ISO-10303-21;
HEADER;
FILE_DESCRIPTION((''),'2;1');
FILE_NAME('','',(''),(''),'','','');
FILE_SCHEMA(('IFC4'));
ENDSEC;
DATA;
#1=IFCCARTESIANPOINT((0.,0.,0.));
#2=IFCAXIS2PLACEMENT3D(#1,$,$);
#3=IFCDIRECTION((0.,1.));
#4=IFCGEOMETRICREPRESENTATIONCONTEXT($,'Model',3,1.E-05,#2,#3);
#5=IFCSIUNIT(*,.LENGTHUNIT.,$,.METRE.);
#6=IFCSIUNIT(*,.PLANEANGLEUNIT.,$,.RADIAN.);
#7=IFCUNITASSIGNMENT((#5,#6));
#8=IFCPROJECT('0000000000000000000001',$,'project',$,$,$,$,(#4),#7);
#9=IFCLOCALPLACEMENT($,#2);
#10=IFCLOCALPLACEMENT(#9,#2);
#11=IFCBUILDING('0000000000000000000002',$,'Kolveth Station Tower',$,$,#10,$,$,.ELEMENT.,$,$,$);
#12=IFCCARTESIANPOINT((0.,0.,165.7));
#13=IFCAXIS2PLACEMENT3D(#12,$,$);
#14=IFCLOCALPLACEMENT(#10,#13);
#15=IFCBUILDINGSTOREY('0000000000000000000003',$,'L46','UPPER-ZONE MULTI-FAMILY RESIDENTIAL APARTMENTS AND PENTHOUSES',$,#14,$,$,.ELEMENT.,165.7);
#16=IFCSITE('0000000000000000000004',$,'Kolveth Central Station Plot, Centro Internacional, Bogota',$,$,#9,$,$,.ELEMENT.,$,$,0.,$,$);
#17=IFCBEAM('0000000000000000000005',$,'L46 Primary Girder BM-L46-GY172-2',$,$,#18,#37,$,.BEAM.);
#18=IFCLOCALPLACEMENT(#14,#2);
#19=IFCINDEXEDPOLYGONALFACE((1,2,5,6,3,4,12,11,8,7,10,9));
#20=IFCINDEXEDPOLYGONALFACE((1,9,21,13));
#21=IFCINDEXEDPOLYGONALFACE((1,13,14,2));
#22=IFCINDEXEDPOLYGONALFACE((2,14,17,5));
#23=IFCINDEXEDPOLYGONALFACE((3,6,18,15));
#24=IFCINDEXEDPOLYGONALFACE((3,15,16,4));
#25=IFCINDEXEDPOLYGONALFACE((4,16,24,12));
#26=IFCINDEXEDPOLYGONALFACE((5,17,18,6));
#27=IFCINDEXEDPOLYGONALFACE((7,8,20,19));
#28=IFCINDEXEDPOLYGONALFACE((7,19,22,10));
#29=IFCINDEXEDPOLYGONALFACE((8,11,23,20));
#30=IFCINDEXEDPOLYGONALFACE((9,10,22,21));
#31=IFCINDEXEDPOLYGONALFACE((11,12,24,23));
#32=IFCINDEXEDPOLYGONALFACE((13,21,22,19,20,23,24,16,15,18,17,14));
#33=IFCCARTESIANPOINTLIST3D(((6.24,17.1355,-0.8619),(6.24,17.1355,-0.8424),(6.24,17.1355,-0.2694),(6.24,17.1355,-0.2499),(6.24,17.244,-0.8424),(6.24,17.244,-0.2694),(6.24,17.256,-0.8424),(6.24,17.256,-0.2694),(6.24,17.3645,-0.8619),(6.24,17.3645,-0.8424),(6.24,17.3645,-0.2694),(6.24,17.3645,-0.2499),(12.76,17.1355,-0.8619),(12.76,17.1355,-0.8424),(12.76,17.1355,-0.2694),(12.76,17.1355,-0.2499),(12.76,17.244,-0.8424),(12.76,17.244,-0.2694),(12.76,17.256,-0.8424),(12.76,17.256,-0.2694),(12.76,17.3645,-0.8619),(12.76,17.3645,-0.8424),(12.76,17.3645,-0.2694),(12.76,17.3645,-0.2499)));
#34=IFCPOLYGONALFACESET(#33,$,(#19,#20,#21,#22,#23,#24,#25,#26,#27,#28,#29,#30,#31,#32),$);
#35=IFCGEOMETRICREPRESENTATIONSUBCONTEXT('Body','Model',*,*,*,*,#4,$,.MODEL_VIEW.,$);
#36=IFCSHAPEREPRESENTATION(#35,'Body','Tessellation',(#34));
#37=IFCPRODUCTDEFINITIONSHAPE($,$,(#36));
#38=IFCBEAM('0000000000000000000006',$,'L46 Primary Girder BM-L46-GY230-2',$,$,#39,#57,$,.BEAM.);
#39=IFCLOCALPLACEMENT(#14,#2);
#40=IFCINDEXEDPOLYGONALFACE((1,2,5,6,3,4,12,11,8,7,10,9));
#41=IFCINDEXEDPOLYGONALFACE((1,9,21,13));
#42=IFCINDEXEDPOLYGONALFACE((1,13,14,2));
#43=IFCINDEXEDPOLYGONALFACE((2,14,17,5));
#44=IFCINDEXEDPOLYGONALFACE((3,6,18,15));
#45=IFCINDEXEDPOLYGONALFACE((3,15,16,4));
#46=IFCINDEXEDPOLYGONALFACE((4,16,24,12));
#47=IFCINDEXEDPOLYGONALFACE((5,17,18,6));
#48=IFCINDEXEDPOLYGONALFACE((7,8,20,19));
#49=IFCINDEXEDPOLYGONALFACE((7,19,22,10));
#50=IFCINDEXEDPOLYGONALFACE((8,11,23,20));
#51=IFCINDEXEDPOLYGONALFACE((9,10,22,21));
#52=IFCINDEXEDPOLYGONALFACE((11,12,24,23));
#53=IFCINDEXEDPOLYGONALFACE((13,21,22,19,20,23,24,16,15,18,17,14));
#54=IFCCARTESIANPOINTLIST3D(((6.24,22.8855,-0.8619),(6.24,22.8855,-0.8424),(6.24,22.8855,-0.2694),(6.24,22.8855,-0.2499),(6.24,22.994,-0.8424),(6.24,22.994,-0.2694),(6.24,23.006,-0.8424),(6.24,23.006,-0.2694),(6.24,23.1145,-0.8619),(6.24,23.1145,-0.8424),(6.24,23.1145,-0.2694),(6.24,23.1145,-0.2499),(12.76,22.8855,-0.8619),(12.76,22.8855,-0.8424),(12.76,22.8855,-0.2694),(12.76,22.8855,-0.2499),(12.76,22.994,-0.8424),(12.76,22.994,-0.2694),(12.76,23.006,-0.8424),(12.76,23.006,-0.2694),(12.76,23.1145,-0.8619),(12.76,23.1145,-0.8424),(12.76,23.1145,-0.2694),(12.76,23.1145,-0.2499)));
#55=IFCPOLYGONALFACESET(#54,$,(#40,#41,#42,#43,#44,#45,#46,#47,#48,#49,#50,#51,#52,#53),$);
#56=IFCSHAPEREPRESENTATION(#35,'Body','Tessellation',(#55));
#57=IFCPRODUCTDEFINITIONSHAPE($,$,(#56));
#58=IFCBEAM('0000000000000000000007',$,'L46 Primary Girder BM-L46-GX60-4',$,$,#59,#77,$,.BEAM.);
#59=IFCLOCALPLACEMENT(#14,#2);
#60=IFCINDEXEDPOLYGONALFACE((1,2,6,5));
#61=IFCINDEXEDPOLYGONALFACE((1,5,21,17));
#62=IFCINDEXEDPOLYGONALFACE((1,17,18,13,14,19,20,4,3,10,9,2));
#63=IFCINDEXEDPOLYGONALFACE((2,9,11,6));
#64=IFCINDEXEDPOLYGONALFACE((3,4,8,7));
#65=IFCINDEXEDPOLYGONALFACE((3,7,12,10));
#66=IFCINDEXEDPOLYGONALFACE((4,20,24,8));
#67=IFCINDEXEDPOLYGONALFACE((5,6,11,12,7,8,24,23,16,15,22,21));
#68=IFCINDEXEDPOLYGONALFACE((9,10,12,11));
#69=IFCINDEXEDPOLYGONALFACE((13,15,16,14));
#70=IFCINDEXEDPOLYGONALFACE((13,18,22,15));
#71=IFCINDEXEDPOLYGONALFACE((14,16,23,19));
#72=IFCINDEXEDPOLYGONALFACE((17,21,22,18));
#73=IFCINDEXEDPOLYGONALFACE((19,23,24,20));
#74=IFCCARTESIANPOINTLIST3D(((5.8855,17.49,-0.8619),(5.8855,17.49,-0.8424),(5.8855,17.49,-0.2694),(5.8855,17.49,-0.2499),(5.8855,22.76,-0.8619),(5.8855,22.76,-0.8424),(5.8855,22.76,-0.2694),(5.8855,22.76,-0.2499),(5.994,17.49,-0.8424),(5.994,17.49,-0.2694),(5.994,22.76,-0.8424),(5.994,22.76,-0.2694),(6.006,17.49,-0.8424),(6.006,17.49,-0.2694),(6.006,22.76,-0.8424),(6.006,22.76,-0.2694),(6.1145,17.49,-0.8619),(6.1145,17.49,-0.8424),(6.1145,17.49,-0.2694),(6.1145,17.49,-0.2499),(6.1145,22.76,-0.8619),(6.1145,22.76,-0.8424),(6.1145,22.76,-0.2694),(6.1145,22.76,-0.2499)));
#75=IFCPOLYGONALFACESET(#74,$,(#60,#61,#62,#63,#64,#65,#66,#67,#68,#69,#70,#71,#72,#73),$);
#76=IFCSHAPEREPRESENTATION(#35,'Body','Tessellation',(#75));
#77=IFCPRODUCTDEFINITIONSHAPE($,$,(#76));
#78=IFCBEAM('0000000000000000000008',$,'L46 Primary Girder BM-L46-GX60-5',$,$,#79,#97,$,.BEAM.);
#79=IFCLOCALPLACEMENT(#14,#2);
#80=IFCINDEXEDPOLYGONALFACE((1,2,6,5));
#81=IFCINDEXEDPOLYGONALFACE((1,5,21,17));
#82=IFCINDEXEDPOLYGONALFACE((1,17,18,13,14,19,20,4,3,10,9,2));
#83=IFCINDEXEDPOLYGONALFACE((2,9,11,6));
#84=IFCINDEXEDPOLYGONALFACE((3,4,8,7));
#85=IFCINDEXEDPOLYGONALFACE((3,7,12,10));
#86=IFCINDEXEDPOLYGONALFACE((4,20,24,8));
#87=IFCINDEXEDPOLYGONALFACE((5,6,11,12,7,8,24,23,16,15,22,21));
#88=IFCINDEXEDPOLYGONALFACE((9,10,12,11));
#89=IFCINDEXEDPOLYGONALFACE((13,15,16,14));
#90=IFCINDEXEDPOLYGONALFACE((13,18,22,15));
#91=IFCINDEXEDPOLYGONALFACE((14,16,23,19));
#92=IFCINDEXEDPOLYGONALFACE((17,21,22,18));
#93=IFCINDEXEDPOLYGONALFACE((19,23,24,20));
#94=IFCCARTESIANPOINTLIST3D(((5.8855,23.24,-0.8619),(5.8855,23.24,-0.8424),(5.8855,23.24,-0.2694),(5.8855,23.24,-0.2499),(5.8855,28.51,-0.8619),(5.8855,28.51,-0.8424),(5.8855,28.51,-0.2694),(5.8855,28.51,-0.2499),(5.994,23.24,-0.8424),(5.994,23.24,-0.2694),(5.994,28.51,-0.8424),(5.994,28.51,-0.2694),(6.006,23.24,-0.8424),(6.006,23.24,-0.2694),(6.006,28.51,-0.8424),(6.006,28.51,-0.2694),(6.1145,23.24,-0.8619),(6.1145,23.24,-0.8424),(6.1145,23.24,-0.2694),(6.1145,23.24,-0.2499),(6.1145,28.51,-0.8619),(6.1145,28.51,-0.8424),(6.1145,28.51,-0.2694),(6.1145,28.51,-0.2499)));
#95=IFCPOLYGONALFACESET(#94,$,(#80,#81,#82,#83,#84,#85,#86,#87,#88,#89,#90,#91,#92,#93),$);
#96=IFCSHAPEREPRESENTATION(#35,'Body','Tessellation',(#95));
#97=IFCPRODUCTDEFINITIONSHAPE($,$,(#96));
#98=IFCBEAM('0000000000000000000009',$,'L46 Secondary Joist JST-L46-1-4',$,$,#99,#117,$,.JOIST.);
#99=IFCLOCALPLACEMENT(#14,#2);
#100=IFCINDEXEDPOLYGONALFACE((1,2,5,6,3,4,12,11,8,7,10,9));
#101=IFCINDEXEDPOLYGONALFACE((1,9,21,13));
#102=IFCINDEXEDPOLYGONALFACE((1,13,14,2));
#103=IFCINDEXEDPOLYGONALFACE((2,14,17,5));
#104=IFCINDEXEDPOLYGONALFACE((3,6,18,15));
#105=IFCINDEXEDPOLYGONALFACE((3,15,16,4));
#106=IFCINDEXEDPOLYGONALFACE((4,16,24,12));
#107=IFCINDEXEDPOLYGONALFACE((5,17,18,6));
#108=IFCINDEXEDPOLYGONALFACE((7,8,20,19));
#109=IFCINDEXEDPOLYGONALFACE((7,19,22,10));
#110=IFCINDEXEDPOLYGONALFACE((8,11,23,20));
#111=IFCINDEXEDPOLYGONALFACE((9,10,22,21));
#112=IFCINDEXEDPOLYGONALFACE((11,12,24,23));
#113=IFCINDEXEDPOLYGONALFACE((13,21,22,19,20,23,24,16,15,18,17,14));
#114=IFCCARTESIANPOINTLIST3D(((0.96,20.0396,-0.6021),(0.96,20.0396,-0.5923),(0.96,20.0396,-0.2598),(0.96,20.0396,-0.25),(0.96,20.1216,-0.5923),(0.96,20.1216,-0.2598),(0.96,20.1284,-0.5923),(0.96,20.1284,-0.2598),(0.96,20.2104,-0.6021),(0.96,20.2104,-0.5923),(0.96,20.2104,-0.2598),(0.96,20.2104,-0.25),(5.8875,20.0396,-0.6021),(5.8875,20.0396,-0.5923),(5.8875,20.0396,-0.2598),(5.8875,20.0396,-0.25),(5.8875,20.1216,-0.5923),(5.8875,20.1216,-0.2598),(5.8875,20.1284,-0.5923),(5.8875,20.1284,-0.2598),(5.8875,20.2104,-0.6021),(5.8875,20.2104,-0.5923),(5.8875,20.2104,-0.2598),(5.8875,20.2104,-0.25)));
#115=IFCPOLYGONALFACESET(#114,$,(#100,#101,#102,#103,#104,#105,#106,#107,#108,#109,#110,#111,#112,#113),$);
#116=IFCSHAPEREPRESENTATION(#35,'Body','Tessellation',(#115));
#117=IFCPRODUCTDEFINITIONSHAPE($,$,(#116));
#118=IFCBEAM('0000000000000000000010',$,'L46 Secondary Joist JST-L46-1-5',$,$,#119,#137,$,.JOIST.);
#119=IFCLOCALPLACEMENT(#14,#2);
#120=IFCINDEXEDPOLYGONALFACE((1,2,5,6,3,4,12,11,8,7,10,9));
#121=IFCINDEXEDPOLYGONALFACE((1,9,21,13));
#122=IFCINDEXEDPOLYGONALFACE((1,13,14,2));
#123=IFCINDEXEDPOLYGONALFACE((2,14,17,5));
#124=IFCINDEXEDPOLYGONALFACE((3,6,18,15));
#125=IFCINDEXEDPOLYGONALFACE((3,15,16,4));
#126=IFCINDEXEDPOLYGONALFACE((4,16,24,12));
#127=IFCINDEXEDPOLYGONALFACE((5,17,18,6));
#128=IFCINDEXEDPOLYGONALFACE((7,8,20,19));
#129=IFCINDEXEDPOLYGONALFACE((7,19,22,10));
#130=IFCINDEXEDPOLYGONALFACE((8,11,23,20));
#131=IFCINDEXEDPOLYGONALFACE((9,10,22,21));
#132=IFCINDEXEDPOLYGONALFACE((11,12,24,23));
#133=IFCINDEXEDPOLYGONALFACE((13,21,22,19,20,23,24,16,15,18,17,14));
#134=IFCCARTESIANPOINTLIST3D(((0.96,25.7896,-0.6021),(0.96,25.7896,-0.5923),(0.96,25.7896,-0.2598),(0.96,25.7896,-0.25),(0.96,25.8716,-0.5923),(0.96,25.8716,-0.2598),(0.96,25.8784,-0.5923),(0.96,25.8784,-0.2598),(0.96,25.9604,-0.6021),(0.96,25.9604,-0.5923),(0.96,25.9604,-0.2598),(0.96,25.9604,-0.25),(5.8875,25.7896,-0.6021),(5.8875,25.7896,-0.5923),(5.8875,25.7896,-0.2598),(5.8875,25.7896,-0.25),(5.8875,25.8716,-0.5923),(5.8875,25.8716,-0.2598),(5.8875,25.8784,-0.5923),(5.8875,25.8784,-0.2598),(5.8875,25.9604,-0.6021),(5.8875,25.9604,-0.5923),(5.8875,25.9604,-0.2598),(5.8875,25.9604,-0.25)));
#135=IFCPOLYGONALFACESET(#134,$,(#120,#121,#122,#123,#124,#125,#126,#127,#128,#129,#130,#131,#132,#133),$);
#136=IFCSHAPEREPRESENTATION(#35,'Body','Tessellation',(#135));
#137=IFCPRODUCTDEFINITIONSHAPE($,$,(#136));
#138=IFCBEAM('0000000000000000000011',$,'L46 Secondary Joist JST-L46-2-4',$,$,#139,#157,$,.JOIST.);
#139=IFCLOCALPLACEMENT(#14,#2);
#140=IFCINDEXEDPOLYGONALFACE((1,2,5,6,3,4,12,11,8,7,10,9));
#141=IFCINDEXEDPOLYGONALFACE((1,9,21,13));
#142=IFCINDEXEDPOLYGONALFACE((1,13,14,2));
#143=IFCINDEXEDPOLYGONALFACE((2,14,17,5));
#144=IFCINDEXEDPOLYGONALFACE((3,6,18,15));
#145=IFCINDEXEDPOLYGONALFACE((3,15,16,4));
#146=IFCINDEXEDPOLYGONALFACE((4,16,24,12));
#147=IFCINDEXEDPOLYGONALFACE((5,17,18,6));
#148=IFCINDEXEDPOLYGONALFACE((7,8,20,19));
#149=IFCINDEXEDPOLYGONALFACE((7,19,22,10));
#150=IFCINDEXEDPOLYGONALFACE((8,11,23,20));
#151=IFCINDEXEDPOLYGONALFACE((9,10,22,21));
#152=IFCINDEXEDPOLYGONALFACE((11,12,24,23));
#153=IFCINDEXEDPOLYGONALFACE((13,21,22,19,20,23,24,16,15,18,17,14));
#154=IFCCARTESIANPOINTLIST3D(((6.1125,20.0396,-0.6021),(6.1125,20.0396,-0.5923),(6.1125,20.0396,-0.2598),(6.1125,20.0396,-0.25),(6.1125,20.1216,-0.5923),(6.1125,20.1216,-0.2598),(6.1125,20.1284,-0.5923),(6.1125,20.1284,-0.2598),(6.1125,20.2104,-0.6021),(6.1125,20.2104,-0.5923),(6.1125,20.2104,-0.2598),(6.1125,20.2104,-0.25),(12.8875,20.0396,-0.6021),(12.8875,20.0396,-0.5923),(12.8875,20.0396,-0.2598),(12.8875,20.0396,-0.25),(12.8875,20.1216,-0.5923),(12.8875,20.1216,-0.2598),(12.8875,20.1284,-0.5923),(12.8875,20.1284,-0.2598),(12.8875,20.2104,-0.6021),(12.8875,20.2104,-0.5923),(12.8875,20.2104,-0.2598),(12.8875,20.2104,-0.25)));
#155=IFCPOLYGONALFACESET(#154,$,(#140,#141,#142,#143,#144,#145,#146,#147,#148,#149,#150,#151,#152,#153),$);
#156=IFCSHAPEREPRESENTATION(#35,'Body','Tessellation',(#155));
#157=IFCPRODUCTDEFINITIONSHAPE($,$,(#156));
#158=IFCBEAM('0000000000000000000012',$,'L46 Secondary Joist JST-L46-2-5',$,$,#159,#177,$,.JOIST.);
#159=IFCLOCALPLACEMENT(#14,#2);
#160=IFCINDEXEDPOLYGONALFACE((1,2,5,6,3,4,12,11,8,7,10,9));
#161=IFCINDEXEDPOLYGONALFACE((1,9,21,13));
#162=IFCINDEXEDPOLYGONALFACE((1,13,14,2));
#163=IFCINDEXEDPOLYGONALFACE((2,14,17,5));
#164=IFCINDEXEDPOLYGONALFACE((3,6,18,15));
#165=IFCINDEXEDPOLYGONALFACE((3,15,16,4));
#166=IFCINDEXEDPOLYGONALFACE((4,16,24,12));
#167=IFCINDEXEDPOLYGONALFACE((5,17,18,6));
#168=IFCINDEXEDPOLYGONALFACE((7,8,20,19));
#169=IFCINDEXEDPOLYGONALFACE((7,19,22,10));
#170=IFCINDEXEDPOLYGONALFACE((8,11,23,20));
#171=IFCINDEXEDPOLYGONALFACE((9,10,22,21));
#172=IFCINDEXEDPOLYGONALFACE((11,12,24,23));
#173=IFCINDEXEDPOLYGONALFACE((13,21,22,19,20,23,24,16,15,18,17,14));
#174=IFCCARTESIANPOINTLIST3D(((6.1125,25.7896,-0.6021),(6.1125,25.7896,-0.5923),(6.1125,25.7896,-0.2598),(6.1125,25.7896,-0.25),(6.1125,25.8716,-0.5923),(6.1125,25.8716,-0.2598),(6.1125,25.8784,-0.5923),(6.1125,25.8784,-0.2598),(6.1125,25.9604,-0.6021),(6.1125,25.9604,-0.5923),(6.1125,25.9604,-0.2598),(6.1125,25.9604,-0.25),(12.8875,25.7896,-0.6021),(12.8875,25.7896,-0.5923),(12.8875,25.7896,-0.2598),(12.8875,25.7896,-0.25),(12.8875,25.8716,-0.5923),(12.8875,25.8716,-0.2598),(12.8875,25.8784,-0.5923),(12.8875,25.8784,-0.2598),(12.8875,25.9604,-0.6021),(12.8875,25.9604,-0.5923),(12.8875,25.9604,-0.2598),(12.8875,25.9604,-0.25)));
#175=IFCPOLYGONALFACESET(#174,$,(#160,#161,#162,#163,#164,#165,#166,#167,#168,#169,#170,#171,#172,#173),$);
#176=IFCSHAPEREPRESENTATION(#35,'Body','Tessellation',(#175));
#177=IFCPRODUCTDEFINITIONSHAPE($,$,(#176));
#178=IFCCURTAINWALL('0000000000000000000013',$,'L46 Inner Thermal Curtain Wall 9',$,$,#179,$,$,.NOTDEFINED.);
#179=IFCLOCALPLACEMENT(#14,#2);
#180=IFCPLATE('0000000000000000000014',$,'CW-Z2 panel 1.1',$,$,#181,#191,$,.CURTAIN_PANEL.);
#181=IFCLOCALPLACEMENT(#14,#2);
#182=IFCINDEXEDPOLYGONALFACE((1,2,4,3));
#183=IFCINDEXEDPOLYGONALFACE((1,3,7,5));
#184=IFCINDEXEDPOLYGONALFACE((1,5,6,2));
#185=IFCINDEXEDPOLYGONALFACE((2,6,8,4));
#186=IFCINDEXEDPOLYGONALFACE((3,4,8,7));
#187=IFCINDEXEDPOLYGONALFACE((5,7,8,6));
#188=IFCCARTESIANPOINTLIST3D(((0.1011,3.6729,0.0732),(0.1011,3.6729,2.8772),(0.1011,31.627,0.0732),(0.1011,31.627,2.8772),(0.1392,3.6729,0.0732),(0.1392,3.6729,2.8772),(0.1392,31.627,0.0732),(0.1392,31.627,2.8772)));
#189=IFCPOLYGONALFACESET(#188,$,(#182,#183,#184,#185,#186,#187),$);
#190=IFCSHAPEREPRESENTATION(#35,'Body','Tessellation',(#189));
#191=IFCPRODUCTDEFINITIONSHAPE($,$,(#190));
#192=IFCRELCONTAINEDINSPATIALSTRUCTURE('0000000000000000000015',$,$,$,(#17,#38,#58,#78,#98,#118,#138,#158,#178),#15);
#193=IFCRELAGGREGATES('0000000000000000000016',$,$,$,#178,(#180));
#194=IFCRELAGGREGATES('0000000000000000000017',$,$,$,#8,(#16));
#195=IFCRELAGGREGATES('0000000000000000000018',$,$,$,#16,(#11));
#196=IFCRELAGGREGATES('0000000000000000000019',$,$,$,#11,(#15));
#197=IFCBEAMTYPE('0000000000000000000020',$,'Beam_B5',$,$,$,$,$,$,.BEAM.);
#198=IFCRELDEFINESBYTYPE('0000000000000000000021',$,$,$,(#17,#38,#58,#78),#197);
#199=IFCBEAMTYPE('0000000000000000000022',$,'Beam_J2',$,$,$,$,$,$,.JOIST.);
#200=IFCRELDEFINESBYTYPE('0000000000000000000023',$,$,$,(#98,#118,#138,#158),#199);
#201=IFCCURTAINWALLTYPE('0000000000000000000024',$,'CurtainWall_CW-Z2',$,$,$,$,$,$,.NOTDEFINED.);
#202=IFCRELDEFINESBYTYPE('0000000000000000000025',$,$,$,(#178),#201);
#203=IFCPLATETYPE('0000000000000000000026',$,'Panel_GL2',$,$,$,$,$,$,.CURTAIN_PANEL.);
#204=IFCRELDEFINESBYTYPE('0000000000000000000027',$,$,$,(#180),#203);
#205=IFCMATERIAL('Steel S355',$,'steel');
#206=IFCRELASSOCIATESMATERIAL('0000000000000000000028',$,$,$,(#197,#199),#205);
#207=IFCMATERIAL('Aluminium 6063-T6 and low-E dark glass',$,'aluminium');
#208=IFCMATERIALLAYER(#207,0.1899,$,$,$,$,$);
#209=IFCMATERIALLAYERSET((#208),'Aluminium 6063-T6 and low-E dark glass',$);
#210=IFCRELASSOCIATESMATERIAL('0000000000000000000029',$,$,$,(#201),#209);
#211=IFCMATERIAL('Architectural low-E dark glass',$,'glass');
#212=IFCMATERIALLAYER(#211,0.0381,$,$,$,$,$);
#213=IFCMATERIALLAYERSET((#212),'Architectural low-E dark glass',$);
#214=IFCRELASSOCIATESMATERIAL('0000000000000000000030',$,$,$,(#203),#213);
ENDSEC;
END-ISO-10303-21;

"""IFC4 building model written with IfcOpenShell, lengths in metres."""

from ifc_helpers import new_model, si_unit, direction, frame, origin, origin_2d, place, context, subcontext, project, spatial, rectangle, i_section, extrude, source, transform, mapped, material, layer, layer_set, material_profile, profile_set, type_object, element, aggregate, save


model = new_model("IFC4")

# Units and contexts
model_context = context("Model", 3, precision=1e-05, world=origin(), true_north=direction((0.0, 1.0)))
body_context = subcontext(model_context, "Body", "Model", "MODEL_VIEW")
ifc_project = project(units=[si_unit("LENGTHUNIT", "METRE"), si_unit("PLANEANGLEUNIT", "RADIAN")], contexts=[model_context])

# Site, building, storey
site_placement = place(None, origin())
site = spatial("IfcSite", under=ifc_project, at=site_placement, Name="Kolveth Central Station Plot, Centro Internacional, Bogota", CompositionType="ELEMENT", RefElevation=0.0)
building_placement = place(site_placement, origin())
building = spatial("IfcBuilding", under=site, at=building_placement, Name="Kolveth Station Tower", CompositionType="ELEMENT")
storey_placement = place(building_placement, frame((0.0, 0.0, 165.7)))
storey = spatial("IfcBuildingStorey", under=building, at=storey_placement, Name="L46", Description="UPPER-ZONE MULTI-FAMILY RESIDENTIAL APARTMENTS AND PENTHOUSES", CompositionType="ELEMENT", Elevation=165.7)

# Shared definitions
ifc_material_1 = material(Name="Steel S355", Category="steel")

# Beams
ifc_material_profile_1 = material_profile(ifc_material_1, i_section(OverallWidth=0.229, OverallDepth=0.6121, WebThickness=0.012, FlangeThickness=0.0195, at=origin_2d()), Name="W610x125")
ifc_profile_set_1 = profile_set([ifc_material_profile_1], Name="Steel S355")
beam_type_1 = type_object("IfcBeamType", Name="Beam_B5", PredefinedType="BEAM", material=ifc_profile_set_1)
shared_shape_1 = source(origin(), body_context, "Body", "SweptSolid", [
    extrude(i_section(OverallWidth=0.229, OverallDepth=0.6121, WebThickness=0.012, FlangeThickness=0.0195, at=origin_2d()), origin(), (0.0, 0.0, 1.0), 6.52),
])
for number, where, z_axis, x_axis, name in (
    (1, (6.24, 17.25, -0.5559), (1.0, 0.0, 0.0), (0.0, 1.0, 0.0), "L46 Primary Girder BM-L46-GY172-2"),
    (2, (6.24, 23.0, -0.5559), (1.0, 0.0, 0.0), (0.0, 1.0, 0.0), "L46 Primary Girder BM-L46-GY230-2"),
):
    element("IfcBeam", number, at=place(storey_placement, frame(where, z_axis=z_axis, x_axis=x_axis)), inside=storey, type_object=beam_type_1, Name=name, PredefinedType="BEAM", context=body_context, shape_type="MappedRepresentation", body=[
        mapped(shared_shape_1, transform((0.0, 0.0, 0.0), x_axis=(1.0, 0.0, 0.0), y_axis=(0.0, 1.0, 0.0), z_axis=(0.0, 0.0, 1.0), scale=1.0)),
    ])
shared_shape_2 = source(origin(), body_context, "Body", "SweptSolid", [
    extrude(i_section(OverallWidth=0.229, OverallDepth=0.6121, WebThickness=0.012, FlangeThickness=0.0195, at=origin_2d()), origin(), (0.0, 0.0, 1.0), 5.27),
])
for number, where, z_axis, x_axis, name in (
    (3, (6.0, 17.49, -0.5559), (0.0, 1.0, 0.0), (-1.0, 0.0, 0.0), "L46 Primary Girder BM-L46-GX60-4"),
    (4, (6.0, 23.24, -0.5559), (0.0, 1.0, 0.0), (-1.0, 0.0, 0.0), "L46 Primary Girder BM-L46-GX60-5"),
):
    element("IfcBeam", number, at=place(storey_placement, frame(where, z_axis=z_axis, x_axis=x_axis)), inside=storey, type_object=beam_type_1, Name=name, PredefinedType="BEAM", context=body_context, shape_type="MappedRepresentation", body=[
        mapped(shared_shape_2, transform((0.0, 0.0, 0.0), x_axis=(1.0, 0.0, 0.0), y_axis=(0.0, 1.0, 0.0), z_axis=(0.0, 0.0, 1.0), scale=1.0)),
    ])
ifc_material_profile_2 = material_profile(ifc_material_1, i_section(OverallWidth=0.1709, OverallDepth=0.3521, WebThickness=0.0068, FlangeThickness=0.0098, at=origin_2d()), Name="W360x44")
ifc_profile_set_2 = profile_set([ifc_material_profile_2], Name="Steel S355")
beam_type_2 = type_object("IfcBeamType", Name="Beam_J2", PredefinedType="JOIST", material=ifc_profile_set_2)
shared_shape_3 = source(origin(), body_context, "Body", "SweptSolid", [
    extrude(i_section(OverallWidth=0.1709, OverallDepth=0.3521, WebThickness=0.0068, FlangeThickness=0.0098, at=origin_2d()), origin(), (0.0, 0.0, 1.0), 4.9275),
])
for number, where, z_axis, x_axis, name in (
    (5, (0.96, 20.125, -0.426), (1.0, 0.0, 0.0), (0.0, 1.0, 0.0), "L46 Secondary Joist JST-L46-1-4"),
    (6, (0.96, 25.875, -0.426), (1.0, 0.0, 0.0), (0.0, 1.0, 0.0), "L46 Secondary Joist JST-L46-1-5"),
):
    element("IfcBeam", number, at=place(storey_placement, frame(where, z_axis=z_axis, x_axis=x_axis)), inside=storey, type_object=beam_type_2, Name=name, PredefinedType="JOIST", context=body_context, shape_type="MappedRepresentation", body=[
        mapped(shared_shape_3, transform((0.0, 0.0, 0.0), x_axis=(1.0, 0.0, 0.0), y_axis=(0.0, 1.0, 0.0), z_axis=(0.0, 0.0, 1.0), scale=1.0)),
    ])
shared_shape_4 = source(origin(), body_context, "Body", "SweptSolid", [
    extrude(i_section(OverallWidth=0.1709, OverallDepth=0.3521, WebThickness=0.0068, FlangeThickness=0.0098, at=origin_2d()), origin(), (0.0, 0.0, 1.0), 6.7749),
])
for number, where, z_axis, x_axis, name in (
    (7, (6.1125, 20.125, -0.426), (1.0, 0.0, 0.0), (0.0, 1.0, 0.0), "L46 Secondary Joist JST-L46-2-4"),
    (8, (6.1125, 25.875, -0.426), (1.0, 0.0, 0.0), (0.0, 1.0, 0.0), "L46 Secondary Joist JST-L46-2-5"),
):
    element("IfcBeam", number, at=place(storey_placement, frame(where, z_axis=z_axis, x_axis=x_axis)), inside=storey, type_object=beam_type_2, Name=name, PredefinedType="JOIST", context=body_context, shape_type="MappedRepresentation", body=[
        mapped(shared_shape_4, transform((0.0, 0.0, 0.0), x_axis=(1.0, 0.0, 0.0), y_axis=(0.0, 1.0, 0.0), z_axis=(0.0, 0.0, 1.0), scale=1.0)),
    ])

# Curtain wall, plate
ifc_material_2 = material(Name="Aluminium 6063-T6 and low-E dark glass", Category="aluminium")
ifc_layer_1 = layer(ifc_material_2, 0.1899)
ifc_layer_set_1 = layer_set([ifc_layer_1], Name="Aluminium 6063-T6 and low-E dark glass")
curtain_wall_type_1 = type_object("IfcCurtainWallType", Name="CurtainWall_CW-Z2", PredefinedType="NOTDEFINED", material=ifc_layer_set_1)
curtain_wall_1_placement = place(storey_placement, origin())
curtain_wall_1 = element("IfcCurtainWall", 9, at=curtain_wall_1_placement, inside=storey, type_object=curtain_wall_type_1, Name="L46 Inner Thermal Curtain Wall 9", PredefinedType="NOTDEFINED")
ifc_material_3 = material(Name="Architectural low-E dark glass", Category="glass")
ifc_layer_2 = layer(ifc_material_3, 0.0381)
ifc_layer_set_2 = layer_set([ifc_layer_2], Name="Architectural low-E dark glass")
plate_type_1 = type_object("IfcPlateType", Name="Panel_GL2", PredefinedType="CURTAIN_PANEL", material=ifc_layer_set_2)
shared_shape_5 = source(origin(), body_context, "Body", "SweptSolid", [
    extrude(rectangle(XDim=27.9541, YDim=0.0381, at=origin_2d()), origin(), (0.0, 0.0, 1.0), 2.804),
])
plate_1_placement = place(storey_placement, frame((0.1201, 17.6499, 0.0732), z_axis=(0.0, 0.0, 1.0), x_axis=(0.0, -1.0, 0.0)))
plate_1 = element("IfcPlate", 10, at=plate_1_placement, type_object=plate_type_1, Name="CW-Z2 panel 1.1", PredefinedType="CURTAIN_PANEL", context=body_context, shape_type="MappedRepresentation", body=[
    mapped(shared_shape_5, transform((0.0, 0.0, 0.0), x_axis=(1.0, 0.0, 0.0), y_axis=(0.0, 1.0, 0.0), z_axis=(0.0, 0.0, 1.0), scale=1.0)),
])
aggregate(curtain_wall_1, [plate_1])

save(model, "model.ifc")
